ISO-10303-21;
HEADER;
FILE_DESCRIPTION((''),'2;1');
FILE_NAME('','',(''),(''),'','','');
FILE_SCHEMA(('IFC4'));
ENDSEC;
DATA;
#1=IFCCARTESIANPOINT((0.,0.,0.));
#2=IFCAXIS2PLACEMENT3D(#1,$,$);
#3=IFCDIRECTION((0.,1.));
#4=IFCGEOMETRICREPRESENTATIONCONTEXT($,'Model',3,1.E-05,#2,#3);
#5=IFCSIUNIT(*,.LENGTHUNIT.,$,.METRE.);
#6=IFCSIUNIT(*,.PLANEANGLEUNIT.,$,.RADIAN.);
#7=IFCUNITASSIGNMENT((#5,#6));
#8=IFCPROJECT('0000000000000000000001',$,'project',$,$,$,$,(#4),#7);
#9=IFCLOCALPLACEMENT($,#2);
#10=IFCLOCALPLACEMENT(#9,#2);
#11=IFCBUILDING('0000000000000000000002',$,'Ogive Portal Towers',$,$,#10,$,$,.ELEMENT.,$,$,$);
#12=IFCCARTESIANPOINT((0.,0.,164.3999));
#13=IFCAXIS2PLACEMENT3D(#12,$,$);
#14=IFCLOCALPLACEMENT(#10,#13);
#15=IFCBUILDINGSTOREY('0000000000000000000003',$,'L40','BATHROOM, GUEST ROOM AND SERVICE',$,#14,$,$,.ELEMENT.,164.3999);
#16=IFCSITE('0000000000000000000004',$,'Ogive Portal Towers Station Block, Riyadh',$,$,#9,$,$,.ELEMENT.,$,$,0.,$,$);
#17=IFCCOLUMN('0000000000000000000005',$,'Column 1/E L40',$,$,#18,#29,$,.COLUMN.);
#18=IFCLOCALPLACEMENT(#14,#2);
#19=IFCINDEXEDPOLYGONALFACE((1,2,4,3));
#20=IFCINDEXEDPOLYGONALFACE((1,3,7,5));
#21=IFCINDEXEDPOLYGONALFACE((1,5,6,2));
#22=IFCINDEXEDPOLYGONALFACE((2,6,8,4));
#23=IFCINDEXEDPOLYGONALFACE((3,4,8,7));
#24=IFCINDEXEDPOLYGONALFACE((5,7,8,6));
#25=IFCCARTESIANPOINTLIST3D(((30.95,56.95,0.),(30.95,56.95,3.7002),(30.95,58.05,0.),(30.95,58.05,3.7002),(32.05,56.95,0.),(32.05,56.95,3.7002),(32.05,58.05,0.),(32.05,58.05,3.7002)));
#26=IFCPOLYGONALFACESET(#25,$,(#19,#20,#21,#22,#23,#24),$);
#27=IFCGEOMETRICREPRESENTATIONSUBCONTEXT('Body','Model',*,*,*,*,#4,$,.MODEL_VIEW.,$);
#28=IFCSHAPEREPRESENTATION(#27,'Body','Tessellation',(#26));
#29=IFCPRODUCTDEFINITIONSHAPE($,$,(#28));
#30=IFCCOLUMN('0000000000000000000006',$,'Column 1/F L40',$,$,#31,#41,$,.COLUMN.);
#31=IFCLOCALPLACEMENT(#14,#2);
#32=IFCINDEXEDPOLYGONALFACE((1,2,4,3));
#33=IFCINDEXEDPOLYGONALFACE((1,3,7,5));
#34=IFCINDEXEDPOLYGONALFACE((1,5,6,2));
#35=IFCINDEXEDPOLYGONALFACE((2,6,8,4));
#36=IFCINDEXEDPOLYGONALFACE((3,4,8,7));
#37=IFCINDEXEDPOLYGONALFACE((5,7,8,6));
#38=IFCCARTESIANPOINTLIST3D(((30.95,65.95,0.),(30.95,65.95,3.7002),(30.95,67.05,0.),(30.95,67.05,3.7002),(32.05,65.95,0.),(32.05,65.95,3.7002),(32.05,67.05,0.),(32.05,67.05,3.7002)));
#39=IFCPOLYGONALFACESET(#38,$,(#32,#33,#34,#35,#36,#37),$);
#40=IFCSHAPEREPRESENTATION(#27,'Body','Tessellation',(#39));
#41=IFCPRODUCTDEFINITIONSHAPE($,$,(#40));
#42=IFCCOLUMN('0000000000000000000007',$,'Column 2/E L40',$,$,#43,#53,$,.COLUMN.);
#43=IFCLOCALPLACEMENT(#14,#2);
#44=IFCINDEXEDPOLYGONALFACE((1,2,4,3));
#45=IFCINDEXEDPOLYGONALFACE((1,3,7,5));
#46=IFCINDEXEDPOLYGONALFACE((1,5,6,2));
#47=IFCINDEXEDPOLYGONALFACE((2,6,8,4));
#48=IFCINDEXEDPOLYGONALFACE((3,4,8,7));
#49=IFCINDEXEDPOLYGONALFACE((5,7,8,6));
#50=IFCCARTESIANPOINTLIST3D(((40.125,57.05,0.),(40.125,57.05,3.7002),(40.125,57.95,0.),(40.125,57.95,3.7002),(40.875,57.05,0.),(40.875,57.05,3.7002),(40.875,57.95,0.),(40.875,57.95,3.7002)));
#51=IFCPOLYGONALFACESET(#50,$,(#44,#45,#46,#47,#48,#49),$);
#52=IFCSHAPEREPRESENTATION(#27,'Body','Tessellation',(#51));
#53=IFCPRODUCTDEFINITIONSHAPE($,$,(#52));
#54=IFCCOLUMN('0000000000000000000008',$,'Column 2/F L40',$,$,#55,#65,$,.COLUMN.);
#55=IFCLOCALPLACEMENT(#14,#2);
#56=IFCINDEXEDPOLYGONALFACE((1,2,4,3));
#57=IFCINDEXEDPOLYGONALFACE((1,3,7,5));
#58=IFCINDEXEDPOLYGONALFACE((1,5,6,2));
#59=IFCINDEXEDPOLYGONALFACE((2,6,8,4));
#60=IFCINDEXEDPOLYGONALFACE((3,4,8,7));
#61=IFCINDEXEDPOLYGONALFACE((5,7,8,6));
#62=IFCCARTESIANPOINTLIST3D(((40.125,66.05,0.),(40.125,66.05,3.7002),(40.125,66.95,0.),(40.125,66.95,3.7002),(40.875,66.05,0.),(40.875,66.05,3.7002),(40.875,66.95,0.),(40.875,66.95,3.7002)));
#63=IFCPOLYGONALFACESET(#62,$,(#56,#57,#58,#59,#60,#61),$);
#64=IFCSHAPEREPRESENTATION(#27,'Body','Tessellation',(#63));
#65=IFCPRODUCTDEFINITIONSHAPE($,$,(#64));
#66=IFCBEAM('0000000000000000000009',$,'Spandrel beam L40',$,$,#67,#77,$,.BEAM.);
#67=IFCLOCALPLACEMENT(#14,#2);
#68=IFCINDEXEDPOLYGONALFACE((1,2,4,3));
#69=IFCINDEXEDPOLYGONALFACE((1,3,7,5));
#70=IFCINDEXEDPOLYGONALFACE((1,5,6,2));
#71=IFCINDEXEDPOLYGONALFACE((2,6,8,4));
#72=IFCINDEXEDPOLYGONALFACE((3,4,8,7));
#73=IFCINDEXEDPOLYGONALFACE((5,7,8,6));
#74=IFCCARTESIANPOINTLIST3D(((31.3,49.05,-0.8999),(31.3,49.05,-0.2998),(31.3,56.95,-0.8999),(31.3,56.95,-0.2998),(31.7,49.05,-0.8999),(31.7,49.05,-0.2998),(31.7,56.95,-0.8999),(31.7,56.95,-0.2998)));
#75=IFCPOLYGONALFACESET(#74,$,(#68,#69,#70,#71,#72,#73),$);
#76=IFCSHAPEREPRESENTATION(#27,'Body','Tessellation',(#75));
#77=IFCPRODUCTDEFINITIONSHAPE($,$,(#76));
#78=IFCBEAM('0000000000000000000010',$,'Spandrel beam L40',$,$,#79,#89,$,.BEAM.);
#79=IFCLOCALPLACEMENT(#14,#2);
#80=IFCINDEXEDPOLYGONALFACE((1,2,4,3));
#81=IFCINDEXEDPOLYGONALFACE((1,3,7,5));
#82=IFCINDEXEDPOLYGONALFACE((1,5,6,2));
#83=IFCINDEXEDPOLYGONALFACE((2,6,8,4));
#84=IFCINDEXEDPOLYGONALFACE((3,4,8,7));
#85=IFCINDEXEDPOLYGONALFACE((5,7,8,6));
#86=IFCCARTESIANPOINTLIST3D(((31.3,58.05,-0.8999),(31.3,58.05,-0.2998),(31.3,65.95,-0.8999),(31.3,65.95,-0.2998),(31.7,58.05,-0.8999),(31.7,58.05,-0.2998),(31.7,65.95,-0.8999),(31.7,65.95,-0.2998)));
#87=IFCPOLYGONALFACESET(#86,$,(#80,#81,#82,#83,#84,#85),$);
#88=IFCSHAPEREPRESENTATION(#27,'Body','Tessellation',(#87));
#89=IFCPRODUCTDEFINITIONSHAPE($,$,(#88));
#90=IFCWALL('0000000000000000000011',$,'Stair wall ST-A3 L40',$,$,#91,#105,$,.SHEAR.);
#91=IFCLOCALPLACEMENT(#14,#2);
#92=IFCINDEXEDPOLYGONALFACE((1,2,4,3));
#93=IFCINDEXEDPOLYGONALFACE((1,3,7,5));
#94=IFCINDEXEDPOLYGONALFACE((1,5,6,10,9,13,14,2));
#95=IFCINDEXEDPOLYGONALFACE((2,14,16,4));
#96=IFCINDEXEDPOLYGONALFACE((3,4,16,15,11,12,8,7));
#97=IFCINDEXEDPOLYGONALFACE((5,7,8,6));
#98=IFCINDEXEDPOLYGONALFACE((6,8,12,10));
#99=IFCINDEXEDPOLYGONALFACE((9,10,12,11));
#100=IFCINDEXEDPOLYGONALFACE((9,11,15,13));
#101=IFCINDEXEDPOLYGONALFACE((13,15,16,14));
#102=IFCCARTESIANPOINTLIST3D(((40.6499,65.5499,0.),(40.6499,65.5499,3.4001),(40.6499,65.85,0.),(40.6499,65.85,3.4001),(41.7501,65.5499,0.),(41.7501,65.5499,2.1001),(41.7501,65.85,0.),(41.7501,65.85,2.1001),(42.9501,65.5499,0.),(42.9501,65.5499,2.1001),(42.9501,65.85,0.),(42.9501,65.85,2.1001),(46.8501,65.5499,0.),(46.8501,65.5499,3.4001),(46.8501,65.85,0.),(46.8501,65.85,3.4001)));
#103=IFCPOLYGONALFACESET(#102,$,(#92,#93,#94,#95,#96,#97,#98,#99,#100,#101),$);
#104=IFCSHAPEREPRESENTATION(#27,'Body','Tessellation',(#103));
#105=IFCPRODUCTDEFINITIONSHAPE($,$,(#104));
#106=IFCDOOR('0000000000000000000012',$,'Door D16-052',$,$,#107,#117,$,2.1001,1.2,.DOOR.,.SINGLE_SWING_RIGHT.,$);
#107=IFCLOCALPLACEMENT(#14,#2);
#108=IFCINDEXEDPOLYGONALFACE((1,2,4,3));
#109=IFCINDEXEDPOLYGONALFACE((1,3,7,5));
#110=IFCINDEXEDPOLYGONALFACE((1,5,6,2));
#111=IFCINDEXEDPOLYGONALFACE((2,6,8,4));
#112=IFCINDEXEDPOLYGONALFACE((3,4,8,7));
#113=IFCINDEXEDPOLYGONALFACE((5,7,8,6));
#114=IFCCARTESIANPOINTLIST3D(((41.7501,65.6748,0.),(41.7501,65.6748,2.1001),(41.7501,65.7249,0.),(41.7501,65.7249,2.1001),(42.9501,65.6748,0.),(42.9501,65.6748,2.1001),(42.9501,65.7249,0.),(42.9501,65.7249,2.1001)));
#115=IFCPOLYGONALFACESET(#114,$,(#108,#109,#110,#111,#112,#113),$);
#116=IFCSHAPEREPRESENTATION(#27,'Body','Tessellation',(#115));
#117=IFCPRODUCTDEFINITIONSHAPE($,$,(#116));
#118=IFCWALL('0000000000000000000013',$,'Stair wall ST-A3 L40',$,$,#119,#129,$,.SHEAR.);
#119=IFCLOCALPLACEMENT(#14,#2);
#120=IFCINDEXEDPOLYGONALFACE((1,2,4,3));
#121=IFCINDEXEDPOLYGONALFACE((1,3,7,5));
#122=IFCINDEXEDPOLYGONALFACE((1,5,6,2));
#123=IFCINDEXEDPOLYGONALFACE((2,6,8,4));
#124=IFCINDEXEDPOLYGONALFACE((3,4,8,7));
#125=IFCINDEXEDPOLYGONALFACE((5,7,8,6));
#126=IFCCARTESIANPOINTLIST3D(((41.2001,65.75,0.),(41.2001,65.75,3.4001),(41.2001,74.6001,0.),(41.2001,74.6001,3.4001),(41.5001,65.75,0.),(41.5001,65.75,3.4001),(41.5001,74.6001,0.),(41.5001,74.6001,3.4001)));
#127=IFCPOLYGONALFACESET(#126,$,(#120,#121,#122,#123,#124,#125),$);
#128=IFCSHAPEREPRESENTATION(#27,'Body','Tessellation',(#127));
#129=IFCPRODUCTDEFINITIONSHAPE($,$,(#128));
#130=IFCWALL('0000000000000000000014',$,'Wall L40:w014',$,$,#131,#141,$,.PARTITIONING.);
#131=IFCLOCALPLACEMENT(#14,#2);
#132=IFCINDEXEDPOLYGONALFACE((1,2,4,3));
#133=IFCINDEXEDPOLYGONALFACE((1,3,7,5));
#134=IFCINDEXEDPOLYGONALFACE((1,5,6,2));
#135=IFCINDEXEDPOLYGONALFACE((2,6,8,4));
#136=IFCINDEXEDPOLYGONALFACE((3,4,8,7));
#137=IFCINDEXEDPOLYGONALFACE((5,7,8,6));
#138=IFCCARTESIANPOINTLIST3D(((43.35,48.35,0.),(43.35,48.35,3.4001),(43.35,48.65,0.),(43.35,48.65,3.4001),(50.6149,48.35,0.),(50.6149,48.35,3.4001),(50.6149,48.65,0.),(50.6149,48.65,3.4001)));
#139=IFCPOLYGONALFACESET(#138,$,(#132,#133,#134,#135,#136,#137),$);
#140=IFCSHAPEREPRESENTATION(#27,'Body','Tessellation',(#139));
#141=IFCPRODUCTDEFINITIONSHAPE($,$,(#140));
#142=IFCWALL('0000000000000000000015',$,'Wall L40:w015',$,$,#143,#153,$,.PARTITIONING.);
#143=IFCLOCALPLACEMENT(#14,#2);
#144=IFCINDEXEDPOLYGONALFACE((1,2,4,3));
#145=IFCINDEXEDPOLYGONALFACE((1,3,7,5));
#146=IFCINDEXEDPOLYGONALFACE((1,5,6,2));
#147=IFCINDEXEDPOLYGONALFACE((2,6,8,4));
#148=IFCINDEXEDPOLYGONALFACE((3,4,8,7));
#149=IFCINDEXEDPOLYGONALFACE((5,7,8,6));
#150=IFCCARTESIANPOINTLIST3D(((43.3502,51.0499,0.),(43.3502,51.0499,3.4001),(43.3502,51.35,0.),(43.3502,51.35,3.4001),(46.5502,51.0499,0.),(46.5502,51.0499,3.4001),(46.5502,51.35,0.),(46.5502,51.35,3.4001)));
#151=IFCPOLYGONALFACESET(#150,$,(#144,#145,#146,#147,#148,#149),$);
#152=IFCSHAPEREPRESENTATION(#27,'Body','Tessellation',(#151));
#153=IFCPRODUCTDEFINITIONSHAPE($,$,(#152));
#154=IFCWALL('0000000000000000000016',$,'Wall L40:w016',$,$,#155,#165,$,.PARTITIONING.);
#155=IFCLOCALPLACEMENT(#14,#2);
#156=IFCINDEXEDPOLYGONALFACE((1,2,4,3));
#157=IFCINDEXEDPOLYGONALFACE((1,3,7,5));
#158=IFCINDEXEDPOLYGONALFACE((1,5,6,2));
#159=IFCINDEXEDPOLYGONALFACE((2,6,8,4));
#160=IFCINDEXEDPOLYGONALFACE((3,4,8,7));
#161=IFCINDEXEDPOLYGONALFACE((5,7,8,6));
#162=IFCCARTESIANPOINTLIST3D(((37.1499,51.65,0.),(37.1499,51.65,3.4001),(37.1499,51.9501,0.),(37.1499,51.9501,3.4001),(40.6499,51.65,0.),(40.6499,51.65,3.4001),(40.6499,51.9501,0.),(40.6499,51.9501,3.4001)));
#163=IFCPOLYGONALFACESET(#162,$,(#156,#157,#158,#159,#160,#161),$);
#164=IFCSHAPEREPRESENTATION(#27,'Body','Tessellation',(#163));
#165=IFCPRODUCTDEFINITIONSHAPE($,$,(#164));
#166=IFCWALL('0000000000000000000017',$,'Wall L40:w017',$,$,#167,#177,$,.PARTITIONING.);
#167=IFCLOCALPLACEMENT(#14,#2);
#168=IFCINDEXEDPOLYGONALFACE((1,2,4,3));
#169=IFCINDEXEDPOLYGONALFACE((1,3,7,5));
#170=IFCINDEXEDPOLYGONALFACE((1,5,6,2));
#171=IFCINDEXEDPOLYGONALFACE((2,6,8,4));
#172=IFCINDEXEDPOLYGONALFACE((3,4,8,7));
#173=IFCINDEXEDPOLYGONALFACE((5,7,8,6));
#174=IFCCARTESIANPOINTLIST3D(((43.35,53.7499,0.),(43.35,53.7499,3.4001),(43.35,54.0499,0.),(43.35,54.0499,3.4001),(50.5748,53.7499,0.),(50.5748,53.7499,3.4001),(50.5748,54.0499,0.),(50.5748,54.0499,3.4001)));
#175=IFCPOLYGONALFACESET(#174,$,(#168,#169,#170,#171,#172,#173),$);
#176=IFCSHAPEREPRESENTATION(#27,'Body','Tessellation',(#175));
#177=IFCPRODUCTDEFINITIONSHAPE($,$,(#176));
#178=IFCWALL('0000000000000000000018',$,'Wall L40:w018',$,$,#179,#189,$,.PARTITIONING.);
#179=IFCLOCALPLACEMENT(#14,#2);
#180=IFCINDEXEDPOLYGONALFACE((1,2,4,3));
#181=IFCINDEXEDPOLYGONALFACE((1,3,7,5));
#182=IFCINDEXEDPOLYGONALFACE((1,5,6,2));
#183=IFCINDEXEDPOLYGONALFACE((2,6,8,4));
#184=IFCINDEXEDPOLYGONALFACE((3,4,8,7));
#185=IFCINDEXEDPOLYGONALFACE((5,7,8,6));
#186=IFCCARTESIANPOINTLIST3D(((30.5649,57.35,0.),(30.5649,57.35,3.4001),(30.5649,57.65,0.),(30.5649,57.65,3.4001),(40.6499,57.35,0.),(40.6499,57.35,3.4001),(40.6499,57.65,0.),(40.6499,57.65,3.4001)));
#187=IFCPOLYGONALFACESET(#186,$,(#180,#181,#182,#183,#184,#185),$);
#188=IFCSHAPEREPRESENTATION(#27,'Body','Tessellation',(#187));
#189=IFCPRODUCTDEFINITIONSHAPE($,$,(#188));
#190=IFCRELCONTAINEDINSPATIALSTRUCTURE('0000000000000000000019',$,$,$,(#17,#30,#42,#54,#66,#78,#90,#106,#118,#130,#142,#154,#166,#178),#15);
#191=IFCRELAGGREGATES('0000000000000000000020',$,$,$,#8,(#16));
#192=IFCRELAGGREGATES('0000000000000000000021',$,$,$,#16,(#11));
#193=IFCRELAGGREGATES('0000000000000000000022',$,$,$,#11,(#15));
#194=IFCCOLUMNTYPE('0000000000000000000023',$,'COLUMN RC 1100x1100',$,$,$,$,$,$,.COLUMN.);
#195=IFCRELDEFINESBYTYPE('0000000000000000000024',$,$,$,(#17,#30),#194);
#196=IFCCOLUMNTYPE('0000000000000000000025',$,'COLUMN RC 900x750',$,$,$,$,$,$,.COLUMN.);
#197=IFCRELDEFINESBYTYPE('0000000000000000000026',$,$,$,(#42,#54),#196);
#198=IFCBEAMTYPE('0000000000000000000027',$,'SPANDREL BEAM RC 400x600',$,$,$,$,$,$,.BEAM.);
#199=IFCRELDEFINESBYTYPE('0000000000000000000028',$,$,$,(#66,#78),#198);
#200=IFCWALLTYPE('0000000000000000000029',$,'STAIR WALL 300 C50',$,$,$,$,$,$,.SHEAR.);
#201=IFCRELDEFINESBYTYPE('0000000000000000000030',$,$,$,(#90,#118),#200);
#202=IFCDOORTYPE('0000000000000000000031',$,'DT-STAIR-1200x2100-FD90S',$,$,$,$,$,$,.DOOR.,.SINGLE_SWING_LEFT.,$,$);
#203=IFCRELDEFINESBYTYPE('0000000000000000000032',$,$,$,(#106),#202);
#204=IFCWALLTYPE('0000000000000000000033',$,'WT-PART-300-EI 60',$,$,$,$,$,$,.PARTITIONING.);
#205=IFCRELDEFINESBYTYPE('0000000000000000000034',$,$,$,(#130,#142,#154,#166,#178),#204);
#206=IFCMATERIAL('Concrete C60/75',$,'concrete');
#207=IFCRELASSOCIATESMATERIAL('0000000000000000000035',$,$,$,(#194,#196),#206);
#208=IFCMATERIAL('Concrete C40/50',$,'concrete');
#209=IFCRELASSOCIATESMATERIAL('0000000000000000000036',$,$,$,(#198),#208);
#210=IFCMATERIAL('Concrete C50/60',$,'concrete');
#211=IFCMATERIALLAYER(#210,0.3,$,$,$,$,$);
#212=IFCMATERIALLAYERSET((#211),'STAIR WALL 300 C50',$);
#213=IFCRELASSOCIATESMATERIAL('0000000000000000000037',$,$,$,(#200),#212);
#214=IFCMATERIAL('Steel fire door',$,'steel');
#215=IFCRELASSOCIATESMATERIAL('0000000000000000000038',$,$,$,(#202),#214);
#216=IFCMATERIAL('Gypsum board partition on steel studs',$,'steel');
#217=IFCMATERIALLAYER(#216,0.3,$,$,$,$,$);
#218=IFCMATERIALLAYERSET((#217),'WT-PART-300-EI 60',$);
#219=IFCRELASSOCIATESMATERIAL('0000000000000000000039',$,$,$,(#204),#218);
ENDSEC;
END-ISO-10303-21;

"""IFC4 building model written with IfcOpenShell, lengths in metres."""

from ifc_helpers import new_model, si_unit, direction, frame, frame_2d, origin, origin_2d, place, context, subcontext, project, spatial, rectangle, extrude, material, layer, layer_set, material_profile, profile_set, type_object, element, fill, save


model = new_model("IFC4")

# Units and contexts
model_context = context("Model", 3, precision=1e-05, world=origin(), true_north=direction((0.0, 1.0)))
body_context = subcontext(model_context, "Body", "Model", "MODEL_VIEW")
ifc_project = project(units=[si_unit("LENGTHUNIT", "METRE"), si_unit("PLANEANGLEUNIT", "RADIAN")], contexts=[model_context])

# Site, building, storey
site_placement = place(None, origin())
site = spatial("IfcSite", under=ifc_project, at=site_placement, Name="Ogive Portal Towers Station Block, Riyadh", CompositionType="ELEMENT", RefElevation=0.0)
building_placement = place(site_placement, origin())
building = spatial("IfcBuilding", under=site, at=building_placement, Name="Ogive Portal Towers", CompositionType="ELEMENT")
storey_placement = place(building_placement, frame((0.0, 0.0, 164.3999)))
storey = spatial("IfcBuildingStorey", under=building, at=storey_placement, Name="L40", Description="BATHROOM, GUEST ROOM AND SERVICE", CompositionType="ELEMENT", Elevation=164.3999)

# Columns
ifc_material_1 = material(Name="Concrete C60/75", Category="concrete")
ifc_material_profile_1 = material_profile(ifc_material_1, rectangle(XDim=1.1001, YDim=1.1001, at=origin_2d()), Name="RC 1100x1100")
ifc_profile_set_1 = profile_set([ifc_material_profile_1], Name="Concrete C60/75")
column_type_1 = type_object("IfcColumnType", Name="COLUMN RC 1100x1100", PredefinedType="COLUMN", material=ifc_profile_set_1)
for number, where, z_axis, x_axis, name in (
    (1, (31.5, 57.5, 0.0), (0.0, 0.0, 1.0), (1.0, 0.0, 0.0), "Column 1/E L40"),
    (2, (31.5, 66.5, 0.0), (0.0, 0.0, 1.0), (1.0, 0.0, 0.0), "Column 1/F L40"),
):
    element("IfcColumn", number, at=place(storey_placement, frame(where, z_axis=z_axis, x_axis=x_axis)), inside=storey, type_object=column_type_1, Name=name, PredefinedType="COLUMN", context=body_context, shape_type="SweptSolid", body=[
        extrude(rectangle(XDim=1.1001, YDim=1.1001, at=origin_2d()), origin(), (0.0, 0.0, 1.0), 3.7002),
    ])
ifc_material_profile_2 = material_profile(ifc_material_1, rectangle(XDim=0.8999, YDim=0.75, at=origin_2d()), Name="RC 900x750")
ifc_profile_set_2 = profile_set([ifc_material_profile_2], Name="Concrete C60/75")
column_type_2 = type_object("IfcColumnType", Name="COLUMN RC 900x750", PredefinedType="COLUMN", material=ifc_profile_set_2)
for number, where, z_axis, x_axis, name in (
    (3, (40.5, 57.5, 0.0), (0.0, 0.0, 1.0), (0.0, 1.0, 0.0), "Column 2/E L40"),
    (4, (40.5, 66.5, 0.0), (0.0, 0.0, 1.0), (0.0, 1.0, 0.0), "Column 2/F L40"),
):
    element("IfcColumn", number, at=place(storey_placement, frame(where, z_axis=z_axis, x_axis=x_axis)), inside=storey, type_object=column_type_2, Name=name, PredefinedType="COLUMN", context=body_context, shape_type="SweptSolid", body=[
        extrude(rectangle(XDim=0.8999, YDim=0.75, at=origin_2d()), origin(), (0.0, 0.0, 1.0), 3.7002),
    ])

# Beams
ifc_material_2 = material(Name="Concrete C40/50", Category="concrete")
ifc_material_profile_3 = material_profile(ifc_material_2, rectangle(XDim=0.3999, YDim=0.6001, at=origin_2d()), Name="RC 400x600")
ifc_profile_set_3 = profile_set([ifc_material_profile_3], Name="Concrete C40/50")
beam_type = type_object("IfcBeamType", Name="SPANDREL BEAM RC 400x600", PredefinedType="BEAM", material=ifc_profile_set_3)
for number, where, z_axis, x_axis, name in (
    (5, (31.5, 49.05, -0.5999), (0.0, 1.0, 0.0), (-1.0, 0.0, 0.0), "Spandrel beam L40"),
    (6, (31.5, 58.05, -0.5999), (0.0, 1.0, 0.0), (-1.0, 0.0, 0.0), "Spandrel beam L40"),
):
    element("IfcBeam", number, at=place(storey_placement, frame(where, z_axis=z_axis, x_axis=x_axis)), inside=storey, type_object=beam_type, Name=name, PredefinedType="BEAM", context=body_context, shape_type="SweptSolid", body=[
        extrude(rectangle(XDim=0.3999, YDim=0.6001, at=origin_2d()), origin(), (0.0, 0.0, 1.0), 7.8999),
    ])

# Wall, opening, door
ifc_material_3 = material(Name="Concrete C50/60", Category="concrete")
ifc_layer_1 = layer(ifc_material_3, 0.3)
ifc_layer_set_1 = layer_set([ifc_layer_1], Name="STAIR WALL 300 C50")
wall_type_1 = type_object("IfcWallType", Name="STAIR WALL 300 C50", PredefinedType="SHEAR", material=ifc_layer_set_1)
wall_1_placement = place(storey_placement, frame((40.6499, 65.7, 0.0), z_axis=(0.0, 0.0, 1.0), x_axis=(1.0, 0.0, 0.0)))
wall_1 = element("IfcWall", 7, at=wall_1_placement, inside=storey, type_object=wall_type_1, Name="Stair wall ST-A3 L40", PredefinedType="SHEAR", context=body_context, shape_type="SweptSolid", body=[
    extrude(rectangle(XDim=6.2002, YDim=0.3, at=frame_2d((3.1001, 0.0))), origin(), (0.0, 0.0, 1.0), 3.4001),
])
opening_placement = place(wall_1_placement, frame((1.1001, 0.0, 0.0)))
opening = element("IfcOpeningElement", 8, at=opening_placement, cuts=wall_1, PredefinedType="OPENING", context=body_context, shape_type="SweptSolid", body=[
    extrude(rectangle(XDim=1.2, YDim=2.1001, at=frame_2d((0.6001, 1.05))), frame((0.0, 0.1602, 0.0), z_axis=(0.0, -1.0, 0.0), x_axis=(1.0, 0.0, 0.0)), (0.0, 0.0, 1.0), 0.3201),
])
ifc_material_4 = material(Name="Steel fire door", Category="steel")
door_type = type_object("IfcDoorType", Name="DT-STAIR-1200x2100-FD90S", OperationType="SINGLE_SWING_LEFT", PredefinedType="DOOR", material=ifc_material_4)
door_placement = place(opening_placement, origin())
door = element("IfcDoor", 9, at=door_placement, inside=storey, type_object=door_type, Name="Door D16-052", OperationType="SINGLE_SWING_RIGHT", OverallHeight=2.1001, OverallWidth=1.2, PredefinedType="DOOR", context=body_context, shape_type="SweptSolid", body=[
    extrude(rectangle(XDim=1.2, YDim=2.1001, at=frame_2d((0.6001, 1.05))), frame((0.0, 0.0249, 0.0), z_axis=(0.0, -1.0, 0.0), x_axis=(1.0, 0.0, 0.0)), (0.0, 0.0, 1.0), 0.05),
])
fill(opening, door)

# Walls
wall_2_placement = place(storey_placement, frame((41.3501, 65.75, 0.0), z_axis=(0.0, 0.0, 1.0), x_axis=(0.0, 1.0, 0.0)))
element("IfcWall", 10, at=wall_2_placement, inside=storey, type_object=wall_type_1, Name="Stair wall ST-A3 L40", PredefinedType="SHEAR", context=body_context, shape_type="SweptSolid", body=[
    extrude(rectangle(XDim=8.8501, YDim=0.3, at=frame_2d((4.425, 0.0))), origin(), (0.0, 0.0, 1.0), 3.4001),
])
ifc_material_5 = material(Name="Gypsum board partition on steel studs", Category="steel")
ifc_layer_2 = layer(ifc_material_5, 0.3)
ifc_layer_set_2 = layer_set([ifc_layer_2], Name="WT-PART-300-EI 60")
wall_type_2 = type_object("IfcWallType", Name="WT-PART-300-EI 60", PredefinedType="PARTITIONING", material=ifc_layer_set_2)
wall_3_placement = place(storey_placement, frame((43.3501, 48.5, 0.0), z_axis=(0.0, 0.0, 1.0), x_axis=(1.0, 0.0, 0.0)))
element("IfcWall", 11, at=wall_3_placement, inside=storey, type_object=wall_type_2, Name="Wall L40:w014", PredefinedType="PARTITIONING", context=body_context, shape_type="SweptSolid", body=[
    extrude(rectangle(XDim=7.2649, YDim=0.3, at=frame_2d((3.6323, 0.0))), origin(), (0.0, 0.0, 1.0), 3.4001),
])
wall_4_placement = place(storey_placement, frame((43.3501, 51.2, 0.0), z_axis=(0.0, 0.0, 1.0), x_axis=(1.0, 0.0, 0.0)))
element("IfcWall", 12, at=wall_4_placement, inside=storey, type_object=wall_type_2, Name="Wall L40:w015", PredefinedType="PARTITIONING", context=body_context, shape_type="SweptSolid", body=[
    extrude(rectangle(XDim=3.2, YDim=0.3, at=frame_2d((1.6001, 0.0))), origin(), (0.0, 0.0, 1.0), 3.4001),
])
wall_5_placement = place(storey_placement, frame((37.1499, 51.8, 0.0), z_axis=(0.0, 0.0, 1.0), x_axis=(1.0, 0.0, 0.0)))
element("IfcWall", 13, at=wall_5_placement, inside=storey, type_object=wall_type_2, Name="Wall L40:w016", PredefinedType="PARTITIONING", context=body_context, shape_type="SweptSolid", body=[
    extrude(rectangle(XDim=3.5, YDim=0.3, at=frame_2d((1.75, 0.0))), origin(), (0.0, 0.0, 1.0), 3.4001),
])
wall_6_placement = place(storey_placement, frame((43.3501, 53.8999, 0.0), z_axis=(0.0, 0.0, 1.0), x_axis=(1.0, 0.0, 0.0)))
element("IfcWall", 14, at=wall_6_placement, inside=storey, type_object=wall_type_2, Name="Wall L40:w017", PredefinedType="PARTITIONING", context=body_context, shape_type="SweptSolid", body=[
    extrude(rectangle(XDim=7.2249, YDim=0.3, at=frame_2d((3.6123, 0.0))), origin(), (0.0, 0.0, 1.0), 3.4001),
])
wall_7_placement = place(storey_placement, frame((30.5649, 57.5, 0.0), z_axis=(0.0, 0.0, 1.0), x_axis=(1.0, 0.0, 0.0)))
element("IfcWall", 15, at=wall_7_placement, inside=storey, type_object=wall_type_2, Name="Wall L40:w018", PredefinedType="PARTITIONING", context=body_context, shape_type="SweptSolid", body=[
    extrude(rectangle(XDim=10.085, YDim=0.3, at=frame_2d((5.0425, 0.0))), origin(), (0.0, 0.0, 1.0), 3.4001),
])

save(model, "model.ifc")
